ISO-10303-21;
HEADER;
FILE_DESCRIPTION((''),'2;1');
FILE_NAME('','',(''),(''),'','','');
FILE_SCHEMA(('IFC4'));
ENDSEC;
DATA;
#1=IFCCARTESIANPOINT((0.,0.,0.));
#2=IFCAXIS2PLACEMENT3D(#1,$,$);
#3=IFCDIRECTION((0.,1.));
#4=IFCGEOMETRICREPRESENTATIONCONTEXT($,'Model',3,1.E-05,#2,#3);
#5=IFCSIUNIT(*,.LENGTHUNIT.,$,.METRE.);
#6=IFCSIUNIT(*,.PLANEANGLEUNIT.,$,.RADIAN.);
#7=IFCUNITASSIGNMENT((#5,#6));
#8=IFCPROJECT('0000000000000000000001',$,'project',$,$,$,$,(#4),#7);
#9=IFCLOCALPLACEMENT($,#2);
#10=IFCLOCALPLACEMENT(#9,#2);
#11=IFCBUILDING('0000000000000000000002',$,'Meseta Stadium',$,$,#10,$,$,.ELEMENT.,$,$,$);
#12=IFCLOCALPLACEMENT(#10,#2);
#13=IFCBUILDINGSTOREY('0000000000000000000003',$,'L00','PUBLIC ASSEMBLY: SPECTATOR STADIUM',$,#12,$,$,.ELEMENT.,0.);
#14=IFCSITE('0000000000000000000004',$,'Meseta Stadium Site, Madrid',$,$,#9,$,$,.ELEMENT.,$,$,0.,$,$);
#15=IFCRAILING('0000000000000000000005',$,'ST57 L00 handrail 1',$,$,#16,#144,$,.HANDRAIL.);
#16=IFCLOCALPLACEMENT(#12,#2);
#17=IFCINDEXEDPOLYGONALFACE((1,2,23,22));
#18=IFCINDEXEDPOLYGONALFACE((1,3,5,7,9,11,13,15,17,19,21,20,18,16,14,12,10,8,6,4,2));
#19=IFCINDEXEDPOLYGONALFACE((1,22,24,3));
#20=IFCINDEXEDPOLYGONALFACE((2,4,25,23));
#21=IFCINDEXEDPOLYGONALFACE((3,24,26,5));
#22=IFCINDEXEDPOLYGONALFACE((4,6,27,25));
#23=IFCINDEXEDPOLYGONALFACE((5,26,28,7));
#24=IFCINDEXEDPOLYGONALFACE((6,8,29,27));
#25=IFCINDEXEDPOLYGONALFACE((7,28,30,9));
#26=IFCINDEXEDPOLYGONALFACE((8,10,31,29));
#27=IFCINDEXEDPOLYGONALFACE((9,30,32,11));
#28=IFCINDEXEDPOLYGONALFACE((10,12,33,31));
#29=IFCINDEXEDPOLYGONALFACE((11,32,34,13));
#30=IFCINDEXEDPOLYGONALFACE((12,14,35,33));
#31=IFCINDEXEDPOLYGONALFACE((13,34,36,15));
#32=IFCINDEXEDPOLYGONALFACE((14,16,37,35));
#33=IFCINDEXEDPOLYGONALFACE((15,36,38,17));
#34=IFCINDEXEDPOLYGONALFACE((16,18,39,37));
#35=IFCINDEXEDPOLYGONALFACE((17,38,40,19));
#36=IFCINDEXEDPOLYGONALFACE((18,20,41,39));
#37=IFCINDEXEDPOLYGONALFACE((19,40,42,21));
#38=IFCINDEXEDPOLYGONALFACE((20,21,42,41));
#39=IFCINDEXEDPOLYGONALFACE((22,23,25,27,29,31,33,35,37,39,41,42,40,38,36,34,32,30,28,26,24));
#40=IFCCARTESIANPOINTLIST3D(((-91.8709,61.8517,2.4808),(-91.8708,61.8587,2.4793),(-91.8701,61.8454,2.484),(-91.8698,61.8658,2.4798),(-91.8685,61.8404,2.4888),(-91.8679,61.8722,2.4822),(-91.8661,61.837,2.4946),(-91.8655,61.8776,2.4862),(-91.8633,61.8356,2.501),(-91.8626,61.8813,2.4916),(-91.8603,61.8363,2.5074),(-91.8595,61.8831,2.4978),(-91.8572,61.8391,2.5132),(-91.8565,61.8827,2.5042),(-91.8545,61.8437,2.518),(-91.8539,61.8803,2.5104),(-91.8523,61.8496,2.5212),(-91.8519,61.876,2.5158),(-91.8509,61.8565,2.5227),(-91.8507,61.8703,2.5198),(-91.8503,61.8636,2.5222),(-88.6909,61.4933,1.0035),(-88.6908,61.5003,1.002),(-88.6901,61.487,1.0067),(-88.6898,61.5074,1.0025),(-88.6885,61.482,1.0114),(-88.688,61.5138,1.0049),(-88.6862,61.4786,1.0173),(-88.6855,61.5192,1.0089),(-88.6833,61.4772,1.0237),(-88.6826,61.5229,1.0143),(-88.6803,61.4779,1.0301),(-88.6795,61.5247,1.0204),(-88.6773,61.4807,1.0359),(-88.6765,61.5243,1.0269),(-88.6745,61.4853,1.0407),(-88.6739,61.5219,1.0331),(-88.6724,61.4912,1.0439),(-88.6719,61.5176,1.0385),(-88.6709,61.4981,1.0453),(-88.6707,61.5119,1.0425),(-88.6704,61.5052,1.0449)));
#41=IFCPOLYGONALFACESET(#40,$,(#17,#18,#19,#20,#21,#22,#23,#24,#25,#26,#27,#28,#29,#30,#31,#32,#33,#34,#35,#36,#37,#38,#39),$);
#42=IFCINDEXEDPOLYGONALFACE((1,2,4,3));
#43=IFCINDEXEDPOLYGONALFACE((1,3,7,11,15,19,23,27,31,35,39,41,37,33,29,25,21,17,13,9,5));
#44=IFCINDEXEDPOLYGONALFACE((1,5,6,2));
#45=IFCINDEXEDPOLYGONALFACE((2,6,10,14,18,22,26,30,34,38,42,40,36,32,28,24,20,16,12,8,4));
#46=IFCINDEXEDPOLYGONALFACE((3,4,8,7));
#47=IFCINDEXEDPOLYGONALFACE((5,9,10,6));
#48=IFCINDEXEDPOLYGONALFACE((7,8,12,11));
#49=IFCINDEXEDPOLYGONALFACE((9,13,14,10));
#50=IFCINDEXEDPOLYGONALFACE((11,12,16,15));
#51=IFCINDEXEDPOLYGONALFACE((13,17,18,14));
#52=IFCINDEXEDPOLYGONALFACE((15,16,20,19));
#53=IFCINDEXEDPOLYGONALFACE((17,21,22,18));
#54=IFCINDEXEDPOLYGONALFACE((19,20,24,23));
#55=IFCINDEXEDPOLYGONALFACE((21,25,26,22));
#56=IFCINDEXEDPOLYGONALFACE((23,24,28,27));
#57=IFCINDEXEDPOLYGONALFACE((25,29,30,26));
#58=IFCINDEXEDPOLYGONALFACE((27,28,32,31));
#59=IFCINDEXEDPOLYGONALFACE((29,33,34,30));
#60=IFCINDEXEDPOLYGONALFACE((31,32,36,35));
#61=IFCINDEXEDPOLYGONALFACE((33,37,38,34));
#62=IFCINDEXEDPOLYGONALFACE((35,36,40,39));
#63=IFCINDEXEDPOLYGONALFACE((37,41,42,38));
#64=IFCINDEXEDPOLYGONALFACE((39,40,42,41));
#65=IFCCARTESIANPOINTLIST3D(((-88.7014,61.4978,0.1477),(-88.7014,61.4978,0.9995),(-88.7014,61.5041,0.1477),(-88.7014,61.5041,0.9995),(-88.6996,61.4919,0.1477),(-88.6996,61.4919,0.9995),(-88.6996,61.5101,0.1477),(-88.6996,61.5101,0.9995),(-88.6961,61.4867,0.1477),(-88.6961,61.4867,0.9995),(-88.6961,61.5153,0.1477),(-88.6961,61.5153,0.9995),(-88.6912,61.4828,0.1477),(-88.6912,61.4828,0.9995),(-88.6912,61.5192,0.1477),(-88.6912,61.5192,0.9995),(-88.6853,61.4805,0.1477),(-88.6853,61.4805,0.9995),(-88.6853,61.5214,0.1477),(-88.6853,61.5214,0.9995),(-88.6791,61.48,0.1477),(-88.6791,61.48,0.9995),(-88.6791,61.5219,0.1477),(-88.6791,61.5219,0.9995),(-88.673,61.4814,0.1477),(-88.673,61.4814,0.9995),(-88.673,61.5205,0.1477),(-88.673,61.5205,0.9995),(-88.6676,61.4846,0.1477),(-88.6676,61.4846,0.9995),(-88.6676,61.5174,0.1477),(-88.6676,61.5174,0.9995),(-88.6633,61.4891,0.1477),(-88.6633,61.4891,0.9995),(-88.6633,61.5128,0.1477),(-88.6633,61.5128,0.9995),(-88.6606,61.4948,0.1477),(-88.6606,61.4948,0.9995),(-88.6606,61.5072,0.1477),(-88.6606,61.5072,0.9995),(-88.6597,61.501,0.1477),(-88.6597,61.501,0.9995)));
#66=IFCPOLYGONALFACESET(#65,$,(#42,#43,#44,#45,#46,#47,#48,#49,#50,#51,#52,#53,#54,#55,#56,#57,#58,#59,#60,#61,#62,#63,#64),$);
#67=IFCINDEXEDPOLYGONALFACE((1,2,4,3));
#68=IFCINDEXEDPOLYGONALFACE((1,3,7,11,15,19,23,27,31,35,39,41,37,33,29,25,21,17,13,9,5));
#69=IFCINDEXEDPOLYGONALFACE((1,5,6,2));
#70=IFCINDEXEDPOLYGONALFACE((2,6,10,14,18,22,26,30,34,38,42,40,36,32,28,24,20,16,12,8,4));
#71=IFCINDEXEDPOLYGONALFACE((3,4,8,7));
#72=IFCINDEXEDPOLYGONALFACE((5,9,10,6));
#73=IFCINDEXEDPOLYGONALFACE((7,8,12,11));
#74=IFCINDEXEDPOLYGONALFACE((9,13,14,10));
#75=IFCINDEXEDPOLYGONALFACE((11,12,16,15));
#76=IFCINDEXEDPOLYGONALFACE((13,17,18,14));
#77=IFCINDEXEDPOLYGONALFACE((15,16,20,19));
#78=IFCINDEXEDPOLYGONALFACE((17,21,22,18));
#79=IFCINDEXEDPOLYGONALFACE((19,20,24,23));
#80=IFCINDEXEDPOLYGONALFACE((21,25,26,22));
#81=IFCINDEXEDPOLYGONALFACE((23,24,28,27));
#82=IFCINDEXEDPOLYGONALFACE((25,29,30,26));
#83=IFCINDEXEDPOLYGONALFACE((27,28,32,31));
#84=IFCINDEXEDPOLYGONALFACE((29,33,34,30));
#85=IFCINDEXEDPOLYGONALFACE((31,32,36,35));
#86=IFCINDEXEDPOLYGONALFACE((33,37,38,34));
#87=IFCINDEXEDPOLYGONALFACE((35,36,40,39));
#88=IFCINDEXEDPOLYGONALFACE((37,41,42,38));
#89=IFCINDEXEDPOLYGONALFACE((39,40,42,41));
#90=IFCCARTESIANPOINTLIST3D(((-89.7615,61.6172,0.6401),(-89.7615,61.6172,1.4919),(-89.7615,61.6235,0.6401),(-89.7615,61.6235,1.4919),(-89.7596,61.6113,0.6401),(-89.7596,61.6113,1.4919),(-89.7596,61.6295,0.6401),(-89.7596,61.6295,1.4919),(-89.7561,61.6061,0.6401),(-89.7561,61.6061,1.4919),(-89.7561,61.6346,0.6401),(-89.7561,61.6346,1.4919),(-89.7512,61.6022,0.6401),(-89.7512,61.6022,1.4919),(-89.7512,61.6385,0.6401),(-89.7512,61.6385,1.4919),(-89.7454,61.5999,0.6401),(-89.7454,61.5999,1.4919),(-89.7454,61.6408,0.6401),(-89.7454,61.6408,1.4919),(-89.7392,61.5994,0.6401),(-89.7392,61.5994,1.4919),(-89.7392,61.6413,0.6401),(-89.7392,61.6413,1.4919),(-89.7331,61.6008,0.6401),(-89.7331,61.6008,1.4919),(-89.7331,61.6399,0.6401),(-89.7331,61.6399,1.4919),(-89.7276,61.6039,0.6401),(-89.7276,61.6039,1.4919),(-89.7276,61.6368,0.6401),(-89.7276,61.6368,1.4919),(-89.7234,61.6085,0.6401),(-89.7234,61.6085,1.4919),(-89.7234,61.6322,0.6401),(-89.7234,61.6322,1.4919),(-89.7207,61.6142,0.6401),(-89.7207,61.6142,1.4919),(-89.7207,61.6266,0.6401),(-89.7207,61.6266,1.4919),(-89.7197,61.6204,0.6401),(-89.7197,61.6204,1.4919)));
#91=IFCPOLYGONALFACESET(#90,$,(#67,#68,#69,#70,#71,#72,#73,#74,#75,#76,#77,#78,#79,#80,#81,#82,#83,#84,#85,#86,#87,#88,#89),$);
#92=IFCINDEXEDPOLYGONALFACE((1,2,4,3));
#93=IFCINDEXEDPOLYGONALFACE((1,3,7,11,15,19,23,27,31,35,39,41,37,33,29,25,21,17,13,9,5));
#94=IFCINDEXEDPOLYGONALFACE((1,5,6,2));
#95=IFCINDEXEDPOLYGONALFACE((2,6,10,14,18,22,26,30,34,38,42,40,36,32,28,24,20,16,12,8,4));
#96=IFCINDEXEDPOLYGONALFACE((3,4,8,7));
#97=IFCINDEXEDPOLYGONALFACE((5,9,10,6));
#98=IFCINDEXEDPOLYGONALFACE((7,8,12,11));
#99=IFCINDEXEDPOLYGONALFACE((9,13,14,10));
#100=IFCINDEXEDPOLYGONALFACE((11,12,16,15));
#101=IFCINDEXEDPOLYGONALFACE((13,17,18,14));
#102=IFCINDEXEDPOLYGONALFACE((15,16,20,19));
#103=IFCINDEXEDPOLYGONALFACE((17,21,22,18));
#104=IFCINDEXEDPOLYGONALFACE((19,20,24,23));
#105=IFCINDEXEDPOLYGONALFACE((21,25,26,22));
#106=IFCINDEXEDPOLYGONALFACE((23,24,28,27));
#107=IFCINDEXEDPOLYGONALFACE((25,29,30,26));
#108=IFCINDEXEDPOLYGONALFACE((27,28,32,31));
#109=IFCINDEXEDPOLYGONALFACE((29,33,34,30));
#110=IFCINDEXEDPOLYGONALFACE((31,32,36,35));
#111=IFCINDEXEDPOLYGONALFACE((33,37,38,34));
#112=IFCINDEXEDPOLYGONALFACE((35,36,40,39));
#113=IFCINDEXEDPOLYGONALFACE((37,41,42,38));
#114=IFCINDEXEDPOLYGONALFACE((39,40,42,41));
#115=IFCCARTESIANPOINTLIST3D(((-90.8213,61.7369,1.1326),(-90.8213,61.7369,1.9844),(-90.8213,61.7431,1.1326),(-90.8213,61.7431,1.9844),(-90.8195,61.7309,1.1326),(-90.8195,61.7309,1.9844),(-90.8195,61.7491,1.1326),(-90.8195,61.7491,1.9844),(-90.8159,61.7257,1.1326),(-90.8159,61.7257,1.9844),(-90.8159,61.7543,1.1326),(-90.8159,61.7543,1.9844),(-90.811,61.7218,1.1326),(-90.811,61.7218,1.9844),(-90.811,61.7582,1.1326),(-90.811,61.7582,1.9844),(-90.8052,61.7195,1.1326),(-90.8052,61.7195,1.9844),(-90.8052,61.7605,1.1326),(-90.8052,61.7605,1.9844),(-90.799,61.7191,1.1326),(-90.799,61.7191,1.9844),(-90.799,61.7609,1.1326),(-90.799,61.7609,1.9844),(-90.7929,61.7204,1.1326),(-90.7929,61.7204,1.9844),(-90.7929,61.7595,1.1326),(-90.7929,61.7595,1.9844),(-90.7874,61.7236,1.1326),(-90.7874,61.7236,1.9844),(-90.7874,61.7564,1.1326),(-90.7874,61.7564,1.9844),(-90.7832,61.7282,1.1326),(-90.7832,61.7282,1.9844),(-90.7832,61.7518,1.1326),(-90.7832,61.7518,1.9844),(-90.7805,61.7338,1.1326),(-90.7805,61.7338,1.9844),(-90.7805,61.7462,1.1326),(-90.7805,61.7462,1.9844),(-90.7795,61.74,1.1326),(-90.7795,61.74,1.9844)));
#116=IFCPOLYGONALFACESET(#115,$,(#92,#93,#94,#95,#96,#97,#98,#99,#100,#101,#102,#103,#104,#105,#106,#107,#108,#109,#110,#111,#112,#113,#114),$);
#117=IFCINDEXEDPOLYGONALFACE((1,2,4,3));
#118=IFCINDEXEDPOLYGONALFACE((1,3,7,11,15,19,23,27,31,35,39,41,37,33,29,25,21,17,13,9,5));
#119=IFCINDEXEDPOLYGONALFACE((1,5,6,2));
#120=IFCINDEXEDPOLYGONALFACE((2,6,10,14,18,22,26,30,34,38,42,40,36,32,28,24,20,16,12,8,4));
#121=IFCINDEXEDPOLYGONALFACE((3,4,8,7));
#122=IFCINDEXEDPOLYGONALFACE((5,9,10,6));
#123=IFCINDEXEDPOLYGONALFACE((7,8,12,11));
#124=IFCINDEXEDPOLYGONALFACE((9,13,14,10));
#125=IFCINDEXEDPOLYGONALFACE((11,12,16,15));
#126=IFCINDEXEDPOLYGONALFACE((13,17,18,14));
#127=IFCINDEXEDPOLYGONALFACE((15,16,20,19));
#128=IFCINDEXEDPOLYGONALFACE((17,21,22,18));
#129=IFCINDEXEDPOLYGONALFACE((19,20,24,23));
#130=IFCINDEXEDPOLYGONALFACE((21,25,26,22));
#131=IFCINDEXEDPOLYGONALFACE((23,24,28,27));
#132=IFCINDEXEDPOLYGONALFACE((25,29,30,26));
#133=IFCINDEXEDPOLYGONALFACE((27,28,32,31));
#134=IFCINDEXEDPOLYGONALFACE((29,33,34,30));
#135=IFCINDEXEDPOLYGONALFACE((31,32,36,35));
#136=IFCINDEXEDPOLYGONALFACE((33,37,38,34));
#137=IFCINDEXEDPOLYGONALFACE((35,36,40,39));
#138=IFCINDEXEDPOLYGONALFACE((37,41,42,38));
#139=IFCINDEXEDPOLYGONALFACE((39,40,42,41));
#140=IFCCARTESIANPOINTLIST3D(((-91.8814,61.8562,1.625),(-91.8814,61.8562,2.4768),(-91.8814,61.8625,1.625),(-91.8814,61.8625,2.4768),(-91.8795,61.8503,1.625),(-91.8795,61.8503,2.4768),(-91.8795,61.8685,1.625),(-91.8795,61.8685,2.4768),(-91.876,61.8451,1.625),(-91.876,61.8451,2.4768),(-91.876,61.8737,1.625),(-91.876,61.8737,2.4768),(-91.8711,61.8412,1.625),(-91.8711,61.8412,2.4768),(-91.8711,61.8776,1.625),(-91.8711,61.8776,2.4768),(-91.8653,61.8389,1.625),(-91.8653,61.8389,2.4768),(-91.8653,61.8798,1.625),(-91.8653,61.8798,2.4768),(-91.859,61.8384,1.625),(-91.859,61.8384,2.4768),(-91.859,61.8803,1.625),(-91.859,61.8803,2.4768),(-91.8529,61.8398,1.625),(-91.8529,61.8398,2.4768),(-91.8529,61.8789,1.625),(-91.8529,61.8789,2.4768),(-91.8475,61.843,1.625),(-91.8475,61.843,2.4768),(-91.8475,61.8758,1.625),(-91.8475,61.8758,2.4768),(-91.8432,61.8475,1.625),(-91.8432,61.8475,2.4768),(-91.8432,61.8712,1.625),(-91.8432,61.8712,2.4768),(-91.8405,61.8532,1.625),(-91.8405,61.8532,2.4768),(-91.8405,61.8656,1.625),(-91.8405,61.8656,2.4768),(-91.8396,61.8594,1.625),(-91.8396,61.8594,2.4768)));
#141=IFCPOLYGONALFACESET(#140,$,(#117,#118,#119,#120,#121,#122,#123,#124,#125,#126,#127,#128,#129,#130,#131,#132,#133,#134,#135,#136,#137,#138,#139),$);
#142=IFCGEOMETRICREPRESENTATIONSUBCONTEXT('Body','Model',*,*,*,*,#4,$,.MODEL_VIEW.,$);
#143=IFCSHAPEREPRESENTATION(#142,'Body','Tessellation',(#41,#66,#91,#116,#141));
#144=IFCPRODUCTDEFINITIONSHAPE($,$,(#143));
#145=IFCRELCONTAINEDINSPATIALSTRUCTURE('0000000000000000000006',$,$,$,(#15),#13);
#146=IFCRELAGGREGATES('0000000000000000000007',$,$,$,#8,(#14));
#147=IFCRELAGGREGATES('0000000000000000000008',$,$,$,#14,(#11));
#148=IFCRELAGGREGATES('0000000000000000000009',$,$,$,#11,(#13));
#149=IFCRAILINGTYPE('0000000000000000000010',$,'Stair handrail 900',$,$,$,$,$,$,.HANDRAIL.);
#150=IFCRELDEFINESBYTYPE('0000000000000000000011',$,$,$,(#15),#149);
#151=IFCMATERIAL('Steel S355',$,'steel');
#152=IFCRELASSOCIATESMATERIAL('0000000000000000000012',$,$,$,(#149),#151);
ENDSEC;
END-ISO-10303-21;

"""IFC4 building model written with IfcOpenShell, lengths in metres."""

from ifc_helpers import new_model, si_unit, direction, frame, origin, origin_2d, place, context, subcontext, project, spatial, circle, extrude, material, type_object, element, save


model = new_model("IFC4")

# Units and contexts
model_context = context("Model", 3, precision=1e-05, world=origin(), true_north=direction((0.0, 1.0)))
body_context = subcontext(model_context, "Body", "Model", "MODEL_VIEW")
ifc_project = project(units=[si_unit("LENGTHUNIT", "METRE"), si_unit("PLANEANGLEUNIT", "RADIAN")], contexts=[model_context])

# Site, building, storey
site_placement = place(None, origin())
site = spatial("IfcSite", under=ifc_project, at=site_placement, Name="Meseta Stadium Site, Madrid", CompositionType="ELEMENT", RefElevation=0.0)
building_placement = place(site_placement, origin())
building = spatial("IfcBuilding", under=site, at=building_placement, Name="Meseta Stadium", CompositionType="ELEMENT")
storey_placement = place(building_placement, origin())
storey = spatial("IfcBuildingStorey", under=building, at=storey_placement, Name="L00", Description="PUBLIC ASSEMBLY: SPECTATOR STADIUM", CompositionType="ELEMENT", Elevation=0.0)

# Railing
ifc_material_1 = material(Name="Steel S355", Category="steel")
railing_type_1 = type_object("IfcRailingType", Name="Stair handrail 900", PredefinedType="HANDRAIL", material=ifc_material_1)
for number, where, name in (
    (1, (-88.6807, 61.501, 0.1477), "ST57 L00 handrail 1"),
):
    element("IfcRailing", number, at=place(storey_placement, frame(where)), inside=storey, type_object=railing_type_1, Name=name, PredefinedType="HANDRAIL", context=body_context, shape_type="SweptSolid", body=[
        extrude(circle(Radius=0.0239, at=origin_2d()), frame((0.0, 0.0, 0.876), z_axis=(-0.90221, 0.101685, 0.419138), x_axis=(-0.111997, -0.993709, 0.0)), (0.0, 0.0, 1.0), 3.5247),
        extrude(circle(Radius=0.021, at=origin_2d()), origin(), (0.0, 0.0, 1.0), 0.8518),
        extrude(circle(Radius=0.021, at=origin_2d()), frame((-1.0601, 0.1194, 0.4924)), (0.0, 0.0, 1.0), 0.8518),
        extrude(circle(Radius=0.021, at=origin_2d()), frame((-2.1199, 0.239, 0.9849)), (0.0, 0.0, 1.0), 0.8518),
        extrude(circle(Radius=0.021, at=origin_2d()), frame((-3.1799, 0.3584, 1.4773)), (0.0, 0.0, 1.0), 0.8518),
    ])

save(model, "model.ifc")
